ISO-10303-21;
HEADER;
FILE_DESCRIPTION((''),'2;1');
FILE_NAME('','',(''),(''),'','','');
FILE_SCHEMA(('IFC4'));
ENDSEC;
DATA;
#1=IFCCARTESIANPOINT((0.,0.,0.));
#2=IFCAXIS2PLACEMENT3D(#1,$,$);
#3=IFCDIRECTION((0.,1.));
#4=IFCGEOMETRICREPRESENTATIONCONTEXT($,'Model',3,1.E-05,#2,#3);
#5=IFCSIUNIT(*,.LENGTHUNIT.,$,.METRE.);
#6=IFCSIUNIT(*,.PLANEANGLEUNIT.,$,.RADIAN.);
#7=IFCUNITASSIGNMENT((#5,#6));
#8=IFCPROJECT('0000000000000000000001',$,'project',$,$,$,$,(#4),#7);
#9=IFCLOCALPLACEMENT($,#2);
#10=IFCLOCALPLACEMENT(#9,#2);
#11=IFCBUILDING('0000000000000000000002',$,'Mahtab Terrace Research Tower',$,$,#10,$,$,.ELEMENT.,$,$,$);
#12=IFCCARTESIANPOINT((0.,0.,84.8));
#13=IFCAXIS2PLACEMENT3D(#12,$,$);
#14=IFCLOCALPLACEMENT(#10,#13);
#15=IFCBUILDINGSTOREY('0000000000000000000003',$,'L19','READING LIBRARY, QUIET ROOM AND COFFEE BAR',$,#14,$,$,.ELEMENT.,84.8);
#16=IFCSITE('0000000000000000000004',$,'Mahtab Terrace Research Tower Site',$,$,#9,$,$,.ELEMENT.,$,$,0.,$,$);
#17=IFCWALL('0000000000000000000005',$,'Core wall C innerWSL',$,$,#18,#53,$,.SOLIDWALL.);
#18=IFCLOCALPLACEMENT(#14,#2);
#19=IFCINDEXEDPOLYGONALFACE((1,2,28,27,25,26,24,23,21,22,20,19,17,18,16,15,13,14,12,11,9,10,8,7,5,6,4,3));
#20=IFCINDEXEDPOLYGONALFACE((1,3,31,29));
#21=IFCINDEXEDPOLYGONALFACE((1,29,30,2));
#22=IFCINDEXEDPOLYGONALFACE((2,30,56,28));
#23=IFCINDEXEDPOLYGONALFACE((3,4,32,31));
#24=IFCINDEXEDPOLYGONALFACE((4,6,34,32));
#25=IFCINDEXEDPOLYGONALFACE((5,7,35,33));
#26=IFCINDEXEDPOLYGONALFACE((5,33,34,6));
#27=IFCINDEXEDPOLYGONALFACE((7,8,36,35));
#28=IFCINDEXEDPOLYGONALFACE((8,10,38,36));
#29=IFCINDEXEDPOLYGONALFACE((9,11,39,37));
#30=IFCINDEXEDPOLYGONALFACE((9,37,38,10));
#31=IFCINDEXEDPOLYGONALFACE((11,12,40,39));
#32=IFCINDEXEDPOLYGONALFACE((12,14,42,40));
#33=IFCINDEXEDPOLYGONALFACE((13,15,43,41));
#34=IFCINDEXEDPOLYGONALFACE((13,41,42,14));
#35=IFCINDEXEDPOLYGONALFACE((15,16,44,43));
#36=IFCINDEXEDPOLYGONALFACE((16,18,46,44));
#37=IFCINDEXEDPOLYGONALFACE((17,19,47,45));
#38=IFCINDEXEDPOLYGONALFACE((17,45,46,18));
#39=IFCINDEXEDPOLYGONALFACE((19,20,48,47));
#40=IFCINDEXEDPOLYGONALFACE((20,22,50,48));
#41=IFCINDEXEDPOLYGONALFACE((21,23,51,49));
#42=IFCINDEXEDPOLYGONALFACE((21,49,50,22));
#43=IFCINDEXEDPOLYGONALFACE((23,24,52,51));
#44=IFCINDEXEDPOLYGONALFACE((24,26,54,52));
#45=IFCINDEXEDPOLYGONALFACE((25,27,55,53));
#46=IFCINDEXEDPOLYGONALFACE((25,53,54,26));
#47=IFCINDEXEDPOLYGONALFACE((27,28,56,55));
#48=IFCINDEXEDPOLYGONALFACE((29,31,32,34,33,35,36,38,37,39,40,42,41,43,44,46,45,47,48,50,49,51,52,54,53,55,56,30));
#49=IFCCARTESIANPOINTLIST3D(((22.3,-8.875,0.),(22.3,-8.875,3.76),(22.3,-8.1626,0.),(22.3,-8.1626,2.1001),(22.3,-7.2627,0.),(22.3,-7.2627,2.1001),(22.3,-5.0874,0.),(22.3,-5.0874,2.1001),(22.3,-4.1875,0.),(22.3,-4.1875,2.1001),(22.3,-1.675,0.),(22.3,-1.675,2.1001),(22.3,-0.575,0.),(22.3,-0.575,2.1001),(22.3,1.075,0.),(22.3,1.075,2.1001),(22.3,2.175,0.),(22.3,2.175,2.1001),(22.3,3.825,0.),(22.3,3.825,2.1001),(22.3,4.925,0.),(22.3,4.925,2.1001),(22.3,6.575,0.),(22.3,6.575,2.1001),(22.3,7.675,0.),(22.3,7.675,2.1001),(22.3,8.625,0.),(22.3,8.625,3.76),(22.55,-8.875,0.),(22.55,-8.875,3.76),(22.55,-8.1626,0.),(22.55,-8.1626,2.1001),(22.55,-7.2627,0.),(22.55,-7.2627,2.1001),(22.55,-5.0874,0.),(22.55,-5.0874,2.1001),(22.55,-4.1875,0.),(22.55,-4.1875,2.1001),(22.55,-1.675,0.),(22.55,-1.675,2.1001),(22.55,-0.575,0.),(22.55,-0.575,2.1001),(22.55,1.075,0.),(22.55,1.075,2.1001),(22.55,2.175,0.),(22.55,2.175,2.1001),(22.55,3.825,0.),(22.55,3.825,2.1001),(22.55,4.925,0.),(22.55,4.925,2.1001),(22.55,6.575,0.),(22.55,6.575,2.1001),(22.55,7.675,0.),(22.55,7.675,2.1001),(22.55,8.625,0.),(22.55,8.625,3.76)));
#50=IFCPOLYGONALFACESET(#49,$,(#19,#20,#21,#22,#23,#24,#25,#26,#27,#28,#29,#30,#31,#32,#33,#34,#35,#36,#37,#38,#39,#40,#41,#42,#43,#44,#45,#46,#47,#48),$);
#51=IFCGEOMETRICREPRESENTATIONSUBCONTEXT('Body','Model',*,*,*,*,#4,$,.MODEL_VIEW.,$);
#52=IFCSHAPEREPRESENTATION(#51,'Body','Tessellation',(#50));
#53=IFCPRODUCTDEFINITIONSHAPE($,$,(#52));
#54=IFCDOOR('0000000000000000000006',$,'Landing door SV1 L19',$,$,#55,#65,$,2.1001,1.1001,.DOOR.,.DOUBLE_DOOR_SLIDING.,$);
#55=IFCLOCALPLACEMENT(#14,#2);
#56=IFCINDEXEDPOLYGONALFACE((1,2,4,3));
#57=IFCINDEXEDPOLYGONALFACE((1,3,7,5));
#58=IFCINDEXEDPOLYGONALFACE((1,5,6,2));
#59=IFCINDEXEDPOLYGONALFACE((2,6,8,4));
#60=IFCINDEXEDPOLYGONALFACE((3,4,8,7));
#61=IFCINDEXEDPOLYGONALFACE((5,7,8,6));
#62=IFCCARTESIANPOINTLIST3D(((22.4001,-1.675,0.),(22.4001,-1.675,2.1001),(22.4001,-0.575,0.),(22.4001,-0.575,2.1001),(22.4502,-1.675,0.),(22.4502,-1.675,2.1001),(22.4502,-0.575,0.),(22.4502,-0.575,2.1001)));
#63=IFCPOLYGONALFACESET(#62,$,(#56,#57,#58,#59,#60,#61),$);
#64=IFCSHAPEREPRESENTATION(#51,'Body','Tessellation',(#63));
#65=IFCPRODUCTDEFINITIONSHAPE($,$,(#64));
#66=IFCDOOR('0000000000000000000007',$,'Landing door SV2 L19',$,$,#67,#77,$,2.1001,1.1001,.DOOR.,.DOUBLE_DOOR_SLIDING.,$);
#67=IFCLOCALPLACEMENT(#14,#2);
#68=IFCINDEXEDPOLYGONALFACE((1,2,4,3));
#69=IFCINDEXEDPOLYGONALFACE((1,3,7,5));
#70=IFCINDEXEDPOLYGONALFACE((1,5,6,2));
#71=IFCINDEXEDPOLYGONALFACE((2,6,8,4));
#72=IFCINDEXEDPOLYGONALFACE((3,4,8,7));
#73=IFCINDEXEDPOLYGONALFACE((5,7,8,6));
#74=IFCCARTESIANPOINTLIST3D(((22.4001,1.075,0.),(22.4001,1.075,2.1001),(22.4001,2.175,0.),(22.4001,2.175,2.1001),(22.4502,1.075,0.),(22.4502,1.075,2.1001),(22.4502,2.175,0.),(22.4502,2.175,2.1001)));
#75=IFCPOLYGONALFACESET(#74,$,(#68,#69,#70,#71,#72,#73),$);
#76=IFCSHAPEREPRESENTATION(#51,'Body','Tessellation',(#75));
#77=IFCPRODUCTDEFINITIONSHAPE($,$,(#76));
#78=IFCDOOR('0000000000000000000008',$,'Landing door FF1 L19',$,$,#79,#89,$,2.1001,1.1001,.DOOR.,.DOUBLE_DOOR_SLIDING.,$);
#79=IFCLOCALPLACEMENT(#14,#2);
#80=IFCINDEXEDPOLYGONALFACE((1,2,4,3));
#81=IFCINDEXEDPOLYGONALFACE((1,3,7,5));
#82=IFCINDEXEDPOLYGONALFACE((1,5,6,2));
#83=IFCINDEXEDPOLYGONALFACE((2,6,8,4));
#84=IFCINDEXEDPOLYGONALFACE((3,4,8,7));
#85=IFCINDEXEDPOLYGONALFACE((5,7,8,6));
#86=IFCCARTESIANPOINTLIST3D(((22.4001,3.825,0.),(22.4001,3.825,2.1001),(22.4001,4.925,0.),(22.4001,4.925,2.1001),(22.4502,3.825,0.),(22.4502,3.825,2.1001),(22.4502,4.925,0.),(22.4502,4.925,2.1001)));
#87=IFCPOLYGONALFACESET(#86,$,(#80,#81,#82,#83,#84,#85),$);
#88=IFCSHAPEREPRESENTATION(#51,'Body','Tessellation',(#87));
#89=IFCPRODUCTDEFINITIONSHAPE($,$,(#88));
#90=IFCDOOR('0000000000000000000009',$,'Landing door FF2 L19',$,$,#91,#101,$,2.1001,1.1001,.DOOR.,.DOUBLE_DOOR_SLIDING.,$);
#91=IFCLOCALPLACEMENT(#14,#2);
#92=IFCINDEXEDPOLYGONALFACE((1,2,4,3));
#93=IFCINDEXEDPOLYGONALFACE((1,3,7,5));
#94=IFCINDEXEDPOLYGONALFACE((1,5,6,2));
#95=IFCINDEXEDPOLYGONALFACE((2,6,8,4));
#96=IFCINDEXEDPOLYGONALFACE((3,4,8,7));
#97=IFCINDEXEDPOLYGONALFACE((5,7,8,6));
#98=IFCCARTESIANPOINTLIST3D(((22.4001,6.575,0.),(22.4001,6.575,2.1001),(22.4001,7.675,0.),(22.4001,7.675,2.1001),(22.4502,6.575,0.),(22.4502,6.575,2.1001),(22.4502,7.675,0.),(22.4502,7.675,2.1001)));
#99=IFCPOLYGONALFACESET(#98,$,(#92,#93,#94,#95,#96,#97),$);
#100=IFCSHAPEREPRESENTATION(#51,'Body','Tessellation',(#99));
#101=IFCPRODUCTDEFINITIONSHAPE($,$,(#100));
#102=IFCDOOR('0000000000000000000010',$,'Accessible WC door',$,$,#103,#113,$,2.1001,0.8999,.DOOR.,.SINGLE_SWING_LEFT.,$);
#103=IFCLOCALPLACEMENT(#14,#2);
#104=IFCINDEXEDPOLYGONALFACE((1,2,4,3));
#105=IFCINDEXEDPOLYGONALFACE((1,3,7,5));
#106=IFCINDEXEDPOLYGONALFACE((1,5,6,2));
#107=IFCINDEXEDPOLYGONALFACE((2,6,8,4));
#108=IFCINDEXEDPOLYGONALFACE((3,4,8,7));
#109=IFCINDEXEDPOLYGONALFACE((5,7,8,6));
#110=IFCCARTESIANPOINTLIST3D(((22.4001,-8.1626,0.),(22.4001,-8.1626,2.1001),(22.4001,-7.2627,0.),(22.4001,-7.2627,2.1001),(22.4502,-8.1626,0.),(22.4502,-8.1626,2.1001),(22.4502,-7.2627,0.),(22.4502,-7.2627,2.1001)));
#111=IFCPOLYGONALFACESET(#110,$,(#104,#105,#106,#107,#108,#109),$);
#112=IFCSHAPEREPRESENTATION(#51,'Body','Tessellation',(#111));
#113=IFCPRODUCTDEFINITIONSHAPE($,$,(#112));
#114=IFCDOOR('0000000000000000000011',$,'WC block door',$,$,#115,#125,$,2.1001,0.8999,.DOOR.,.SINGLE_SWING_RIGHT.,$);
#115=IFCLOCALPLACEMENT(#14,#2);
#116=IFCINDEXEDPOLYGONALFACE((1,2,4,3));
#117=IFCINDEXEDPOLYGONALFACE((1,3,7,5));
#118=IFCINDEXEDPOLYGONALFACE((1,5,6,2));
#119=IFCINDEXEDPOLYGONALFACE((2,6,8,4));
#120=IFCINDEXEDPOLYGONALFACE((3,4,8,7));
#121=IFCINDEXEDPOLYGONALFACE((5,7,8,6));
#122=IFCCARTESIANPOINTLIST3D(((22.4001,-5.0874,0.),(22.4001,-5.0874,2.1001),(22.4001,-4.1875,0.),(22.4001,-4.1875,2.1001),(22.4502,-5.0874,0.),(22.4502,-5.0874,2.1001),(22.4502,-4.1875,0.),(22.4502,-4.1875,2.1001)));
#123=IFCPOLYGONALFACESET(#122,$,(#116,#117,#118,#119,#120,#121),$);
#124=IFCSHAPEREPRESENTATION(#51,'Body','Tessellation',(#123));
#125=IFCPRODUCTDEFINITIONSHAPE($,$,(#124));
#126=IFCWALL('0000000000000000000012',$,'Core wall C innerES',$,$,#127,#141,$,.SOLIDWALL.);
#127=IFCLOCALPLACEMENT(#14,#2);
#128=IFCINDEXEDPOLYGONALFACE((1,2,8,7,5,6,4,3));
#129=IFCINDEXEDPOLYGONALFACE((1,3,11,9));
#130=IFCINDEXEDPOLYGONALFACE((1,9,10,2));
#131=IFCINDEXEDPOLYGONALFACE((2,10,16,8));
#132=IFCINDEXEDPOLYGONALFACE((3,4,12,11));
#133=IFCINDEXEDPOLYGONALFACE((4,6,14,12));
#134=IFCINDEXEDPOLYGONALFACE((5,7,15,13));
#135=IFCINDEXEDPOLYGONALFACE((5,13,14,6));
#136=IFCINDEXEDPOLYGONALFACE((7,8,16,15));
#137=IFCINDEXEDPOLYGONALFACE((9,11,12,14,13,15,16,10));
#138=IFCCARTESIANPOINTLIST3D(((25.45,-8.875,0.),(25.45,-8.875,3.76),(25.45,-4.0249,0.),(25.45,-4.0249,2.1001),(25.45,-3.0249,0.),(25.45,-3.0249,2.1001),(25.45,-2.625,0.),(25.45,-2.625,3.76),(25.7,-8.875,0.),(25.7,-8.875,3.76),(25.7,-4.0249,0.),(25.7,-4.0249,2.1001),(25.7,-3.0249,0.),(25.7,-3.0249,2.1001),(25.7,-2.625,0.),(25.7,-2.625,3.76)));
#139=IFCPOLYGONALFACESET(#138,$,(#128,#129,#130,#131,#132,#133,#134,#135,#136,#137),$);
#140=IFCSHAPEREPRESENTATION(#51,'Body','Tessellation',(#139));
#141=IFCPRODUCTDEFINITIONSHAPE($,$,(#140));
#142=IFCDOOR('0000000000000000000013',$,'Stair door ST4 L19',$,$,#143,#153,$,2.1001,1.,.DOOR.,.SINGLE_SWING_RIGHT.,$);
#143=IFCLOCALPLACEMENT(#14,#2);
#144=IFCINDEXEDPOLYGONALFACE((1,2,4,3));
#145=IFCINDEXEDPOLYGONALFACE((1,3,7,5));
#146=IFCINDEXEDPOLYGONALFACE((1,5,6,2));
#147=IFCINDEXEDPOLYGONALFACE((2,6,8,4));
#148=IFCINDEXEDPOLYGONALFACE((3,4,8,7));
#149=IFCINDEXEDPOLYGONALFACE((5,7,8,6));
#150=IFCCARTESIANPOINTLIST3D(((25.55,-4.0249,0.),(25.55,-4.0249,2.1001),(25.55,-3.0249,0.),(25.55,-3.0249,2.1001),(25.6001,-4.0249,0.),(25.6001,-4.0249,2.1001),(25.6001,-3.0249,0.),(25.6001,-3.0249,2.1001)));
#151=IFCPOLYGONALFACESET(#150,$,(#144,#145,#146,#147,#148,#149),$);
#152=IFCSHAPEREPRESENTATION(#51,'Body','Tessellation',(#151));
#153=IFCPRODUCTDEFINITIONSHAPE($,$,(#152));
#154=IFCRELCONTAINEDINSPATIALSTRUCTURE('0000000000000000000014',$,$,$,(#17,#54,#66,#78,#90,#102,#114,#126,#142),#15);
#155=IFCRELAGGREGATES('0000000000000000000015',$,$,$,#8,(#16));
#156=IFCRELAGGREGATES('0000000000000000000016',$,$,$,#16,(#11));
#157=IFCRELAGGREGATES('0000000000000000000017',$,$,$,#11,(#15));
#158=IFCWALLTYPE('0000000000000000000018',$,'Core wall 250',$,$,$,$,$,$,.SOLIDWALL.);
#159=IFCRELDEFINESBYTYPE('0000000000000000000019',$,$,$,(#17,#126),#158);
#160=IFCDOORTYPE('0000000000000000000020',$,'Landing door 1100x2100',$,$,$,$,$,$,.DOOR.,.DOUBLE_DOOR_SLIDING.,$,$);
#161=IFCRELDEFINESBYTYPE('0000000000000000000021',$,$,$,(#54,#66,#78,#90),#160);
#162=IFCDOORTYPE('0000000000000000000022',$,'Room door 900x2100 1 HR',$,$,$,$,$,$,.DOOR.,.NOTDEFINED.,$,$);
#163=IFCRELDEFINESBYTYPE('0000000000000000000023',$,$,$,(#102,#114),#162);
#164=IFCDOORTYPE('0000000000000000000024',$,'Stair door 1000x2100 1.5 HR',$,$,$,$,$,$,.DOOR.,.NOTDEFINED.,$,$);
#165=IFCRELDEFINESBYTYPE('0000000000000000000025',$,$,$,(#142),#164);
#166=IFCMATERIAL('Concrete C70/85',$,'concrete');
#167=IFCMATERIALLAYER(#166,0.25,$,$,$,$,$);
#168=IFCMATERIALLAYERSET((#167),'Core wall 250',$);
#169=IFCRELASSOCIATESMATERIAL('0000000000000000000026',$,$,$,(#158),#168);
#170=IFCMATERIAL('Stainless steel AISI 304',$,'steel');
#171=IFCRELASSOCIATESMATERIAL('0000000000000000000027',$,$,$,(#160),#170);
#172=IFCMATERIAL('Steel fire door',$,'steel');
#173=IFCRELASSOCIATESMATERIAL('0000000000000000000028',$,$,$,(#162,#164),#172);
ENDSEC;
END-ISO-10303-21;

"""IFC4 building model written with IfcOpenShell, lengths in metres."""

from ifc_helpers import new_model, si_unit, direction, frame, frame_2d, origin, place, context, subcontext, project, spatial, rectangle, extrude, material, layer, layer_set, type_object, element, fill, save


model = new_model("IFC4")

# Units and contexts
model_context = context("Model", 3, precision=1e-05, world=origin(), true_north=direction((0.0, 1.0)))
body_context = subcontext(model_context, "Body", "Model", "MODEL_VIEW")
ifc_project = project(units=[si_unit("LENGTHUNIT", "METRE"), si_unit("PLANEANGLEUNIT", "RADIAN")], contexts=[model_context])

# Site, building, storey
site_placement = place(None, origin())
site = spatial("IfcSite", under=ifc_project, at=site_placement, Name="Mahtab Terrace Research Tower Site", CompositionType="ELEMENT", RefElevation=0.0)
building_placement = place(site_placement, origin())
building = spatial("IfcBuilding", under=site, at=building_placement, Name="Mahtab Terrace Research Tower", CompositionType="ELEMENT")
storey_placement = place(building_placement, frame((0.0, 0.0, 84.8)))
storey = spatial("IfcBuildingStorey", under=building, at=storey_placement, Name="L19", Description="READING LIBRARY, QUIET ROOM AND COFFEE BAR", CompositionType="ELEMENT", Elevation=84.8)

# Shared definitions
ifc_material_1 = material(Name="Concrete C70/85", Category="concrete")

# Wall, openings, doors
ifc_layer_1 = layer(ifc_material_1, 0.25)
ifc_layer_set_1 = layer_set([ifc_layer_1], Name="Core wall 250")
wall_type_1 = type_object("IfcWallType", Name="Core wall 250", PredefinedType="SOLIDWALL", material=ifc_layer_set_1)
wall_1_placement = place(storey_placement, frame((22.425, -8.875, 0.0), z_axis=(0.0, 0.0, 1.0), x_axis=(0.0, 1.0, 0.0)))
wall_1 = element("IfcWall", 1, at=wall_1_placement, inside=storey, type_object=wall_type_1, Name="Core wall C innerWSL", PredefinedType="SOLIDWALL", context=body_context, shape_type="SweptSolid", body=[
    extrude(rectangle(XDim=17.5, YDim=0.25, at=frame_2d((8.75, 0.0))), origin(), (0.0, 0.0, 1.0), 3.76),
])
opening_1_placement = place(wall_1_placement, frame((7.2, 0.0, 0.0)))
opening_1 = element("IfcOpeningElement", 2, at=opening_1_placement, cuts=wall_1, PredefinedType="OPENING", context=body_context, shape_type="SweptSolid", body=[
    extrude(rectangle(XDim=1.1001, YDim=2.1001, at=frame_2d((0.55, 1.05))), frame((0.0, 0.135, 0.0), z_axis=(0.0, -1.0, 0.0), x_axis=(1.0, 0.0, 0.0)), (0.0, 0.0, 1.0), 0.27),
])
opening_2_placement = place(wall_1_placement, frame((9.95, 0.0, 0.0)))
opening_2 = element("IfcOpeningElement", 3, at=opening_2_placement, cuts=wall_1, PredefinedType="OPENING", context=body_context, shape_type="SweptSolid", body=[
    extrude(rectangle(XDim=1.1001, YDim=2.1001, at=frame_2d((0.55, 1.05))), frame((0.0, 0.135, 0.0), z_axis=(0.0, -1.0, 0.0), x_axis=(1.0, 0.0, 0.0)), (0.0, 0.0, 1.0), 0.27),
])
opening_3_placement = place(wall_1_placement, frame((12.7, 0.0, 0.0)))
opening_3 = element("IfcOpeningElement", 4, at=opening_3_placement, cuts=wall_1, PredefinedType="OPENING", context=body_context, shape_type="SweptSolid", body=[
    extrude(rectangle(XDim=1.1001, YDim=2.1001, at=frame_2d((0.55, 1.05))), frame((0.0, 0.135, 0.0), z_axis=(0.0, -1.0, 0.0), x_axis=(1.0, 0.0, 0.0)), (0.0, 0.0, 1.0), 0.27),
])
opening_4_placement = place(wall_1_placement, frame((15.45, 0.0, 0.0)))
opening_4 = element("IfcOpeningElement", 5, at=opening_4_placement, cuts=wall_1, PredefinedType="OPENING", context=body_context, shape_type="SweptSolid", body=[
    extrude(rectangle(XDim=1.1001, YDim=2.1001, at=frame_2d((0.55, 1.05))), frame((0.0, 0.135, 0.0), z_axis=(0.0, -1.0, 0.0), x_axis=(1.0, 0.0, 0.0)), (0.0, 0.0, 1.0), 0.27),
])
opening_5_placement = place(wall_1_placement, frame((0.7124, 0.0, 0.0)))
opening_5 = element("IfcOpeningElement", 6, at=opening_5_placement, cuts=wall_1, PredefinedType="OPENING", context=body_context, shape_type="SweptSolid", body=[
    extrude(rectangle(XDim=0.8999, YDim=2.1001, at=frame_2d((0.45, 1.05))), frame((0.0, 0.135, 0.0), z_axis=(0.0, -1.0, 0.0), x_axis=(1.0, 0.0, 0.0)), (0.0, 0.0, 1.0), 0.27),
])
opening_6_placement = place(wall_1_placement, frame((3.7876, 0.0, 0.0)))
opening_6 = element("IfcOpeningElement", 7, at=opening_6_placement, cuts=wall_1, PredefinedType="OPENING", context=body_context, shape_type="SweptSolid", body=[
    extrude(rectangle(XDim=0.8999, YDim=2.1001, at=frame_2d((0.45, 1.05))), frame((0.0, 0.135, 0.0), z_axis=(0.0, -1.0, 0.0), x_axis=(1.0, 0.0, 0.0)), (0.0, 0.0, 1.0), 0.27),
])
ifc_material_2 = material(Name="Stainless steel AISI 304", Category="steel")
door_type_1 = type_object("IfcDoorType", Name="Landing door 1100x2100", OperationType="DOUBLE_DOOR_SLIDING", PredefinedType="DOOR", material=ifc_material_2)
door_1_placement = place(opening_1_placement, origin())
door_1 = element("IfcDoor", 8, at=door_1_placement, inside=storey, type_object=door_type_1, Name="Landing door SV1 L19", OperationType="DOUBLE_DOOR_SLIDING", OverallHeight=2.1001, OverallWidth=1.1001, PredefinedType="DOOR", context=body_context, shape_type="SweptSolid", body=[
    extrude(rectangle(XDim=1.1001, YDim=2.1001, at=frame_2d((0.55, 1.05))), frame((0.0, 0.0249, 0.0), z_axis=(0.0, -1.0, 0.0), x_axis=(1.0, 0.0, 0.0)), (0.0, 0.0, 1.0), 0.05),
])
fill(opening_1, door_1)
door_2_placement = place(opening_2_placement, origin())
door_2 = element("IfcDoor", 9, at=door_2_placement, inside=storey, type_object=door_type_1, Name="Landing door SV2 L19", OperationType="DOUBLE_DOOR_SLIDING", OverallHeight=2.1001, OverallWidth=1.1001, PredefinedType="DOOR", context=body_context, shape_type="SweptSolid", body=[
    extrude(rectangle(XDim=1.1001, YDim=2.1001, at=frame_2d((0.55, 1.05))), frame((0.0, 0.0249, 0.0), z_axis=(0.0, -1.0, 0.0), x_axis=(1.0, 0.0, 0.0)), (0.0, 0.0, 1.0), 0.05),
])
fill(opening_2, door_2)
door_3_placement = place(opening_3_placement, origin())
door_3 = element("IfcDoor", 10, at=door_3_placement, inside=storey, type_object=door_type_1, Name="Landing door FF1 L19", OperationType="DOUBLE_DOOR_SLIDING", OverallHeight=2.1001, OverallWidth=1.1001, PredefinedType="DOOR", context=body_context, shape_type="SweptSolid", body=[
    extrude(rectangle(XDim=1.1001, YDim=2.1001, at=frame_2d((0.55, 1.05))), frame((0.0, 0.0249, 0.0), z_axis=(0.0, -1.0, 0.0), x_axis=(1.0, 0.0, 0.0)), (0.0, 0.0, 1.0), 0.05),
])
fill(opening_3, door_3)
door_4_placement = place(opening_4_placement, origin())
door_4 = element("IfcDoor", 11, at=door_4_placement, inside=storey, type_object=door_type_1, Name="Landing door FF2 L19", OperationType="DOUBLE_DOOR_SLIDING", OverallHeight=2.1001, OverallWidth=1.1001, PredefinedType="DOOR", context=body_context, shape_type="SweptSolid", body=[
    extrude(rectangle(XDim=1.1001, YDim=2.1001, at=frame_2d((0.55, 1.05))), frame((0.0, 0.0249, 0.0), z_axis=(0.0, -1.0, 0.0), x_axis=(1.0, 0.0, 0.0)), (0.0, 0.0, 1.0), 0.05),
])
fill(opening_4, door_4)
ifc_material_3 = material(Name="Steel fire door", Category="steel")
door_type_2 = type_object("IfcDoorType", Name="Room door 900x2100 1 HR", OperationType="NOTDEFINED", PredefinedType="DOOR", material=ifc_material_3)
door_5_placement = place(opening_5_placement, origin())
door_5 = element("IfcDoor", 12, at=door_5_placement, inside=storey, type_object=door_type_2, Name="Accessible WC door", OperationType="SINGLE_SWING_LEFT", OverallHeight=2.1001, OverallWidth=0.8999, PredefinedType="DOOR", context=body_context, shape_type="SweptSolid", body=[
    extrude(rectangle(XDim=0.8999, YDim=2.1001, at=frame_2d((0.45, 1.05))), frame((0.0, 0.0249, 0.0), z_axis=(0.0, -1.0, 0.0), x_axis=(1.0, 0.0, 0.0)), (0.0, 0.0, 1.0), 0.05),
])
fill(opening_5, door_5)
door_6_placement = place(opening_6_placement, origin())
door_6 = element("IfcDoor", 13, at=door_6_placement, inside=storey, type_object=door_type_2, Name="WC block door", OperationType="SINGLE_SWING_RIGHT", OverallHeight=2.1001, OverallWidth=0.8999, PredefinedType="DOOR", context=body_context, shape_type="SweptSolid", body=[
    extrude(rectangle(XDim=0.8999, YDim=2.1001, at=frame_2d((0.45, 1.05))), frame((0.0, 0.0249, 0.0), z_axis=(0.0, -1.0, 0.0), x_axis=(1.0, 0.0, 0.0)), (0.0, 0.0, 1.0), 0.05),
])
fill(opening_6, door_6)

# Wall, opening, door
wall_2_placement = place(storey_placement, frame((25.575, -8.875, 0.0), z_axis=(0.0, 0.0, 1.0), x_axis=(0.0, 1.0, 0.0)))
wall_2 = element("IfcWall", 14, at=wall_2_placement, inside=storey, type_object=wall_type_1, Name="Core wall C innerES", PredefinedType="SOLIDWALL", context=body_context, shape_type="SweptSolid", body=[
    extrude(rectangle(XDim=6.25, YDim=0.25, at=frame_2d((3.125, 0.0))), origin(), (0.0, 0.0, 1.0), 3.76),
])
opening_7_placement = place(wall_2_placement, frame((4.8501, 0.0, 0.0)))
opening_7 = element("IfcOpeningElement", 15, at=opening_7_placement, cuts=wall_2, PredefinedType="OPENING", context=body_context, shape_type="SweptSolid", body=[
    extrude(rectangle(XDim=1.0, YDim=2.1001, at=frame_2d((0.5, 1.05))), frame((0.0, 0.135, 0.0), z_axis=(0.0, -1.0, 0.0), x_axis=(1.0, 0.0, 0.0)), (0.0, 0.0, 1.0), 0.27),
])
door_type_3 = type_object("IfcDoorType", Name="Stair door 1000x2100 1.5 HR", OperationType="NOTDEFINED", PredefinedType="DOOR", material=ifc_material_3)
door_7_placement = place(opening_7_placement, origin())
door_7 = element("IfcDoor", 16, at=door_7_placement, inside=storey, type_object=door_type_3, Name="Stair door ST4 L19", OperationType="SINGLE_SWING_RIGHT", OverallHeight=2.1001, OverallWidth=1.0, PredefinedType="DOOR", context=body_context, shape_type="SweptSolid", body=[
    extrude(rectangle(XDim=1.0, YDim=2.1001, at=frame_2d((0.5, 1.05))), frame((0.0, 0.0249, 0.0), z_axis=(0.0, -1.0, 0.0), x_axis=(1.0, 0.0, 0.0)), (0.0, 0.0, 1.0), 0.05),
])
fill(opening_7, door_7)

save(model, "model.ifc")
